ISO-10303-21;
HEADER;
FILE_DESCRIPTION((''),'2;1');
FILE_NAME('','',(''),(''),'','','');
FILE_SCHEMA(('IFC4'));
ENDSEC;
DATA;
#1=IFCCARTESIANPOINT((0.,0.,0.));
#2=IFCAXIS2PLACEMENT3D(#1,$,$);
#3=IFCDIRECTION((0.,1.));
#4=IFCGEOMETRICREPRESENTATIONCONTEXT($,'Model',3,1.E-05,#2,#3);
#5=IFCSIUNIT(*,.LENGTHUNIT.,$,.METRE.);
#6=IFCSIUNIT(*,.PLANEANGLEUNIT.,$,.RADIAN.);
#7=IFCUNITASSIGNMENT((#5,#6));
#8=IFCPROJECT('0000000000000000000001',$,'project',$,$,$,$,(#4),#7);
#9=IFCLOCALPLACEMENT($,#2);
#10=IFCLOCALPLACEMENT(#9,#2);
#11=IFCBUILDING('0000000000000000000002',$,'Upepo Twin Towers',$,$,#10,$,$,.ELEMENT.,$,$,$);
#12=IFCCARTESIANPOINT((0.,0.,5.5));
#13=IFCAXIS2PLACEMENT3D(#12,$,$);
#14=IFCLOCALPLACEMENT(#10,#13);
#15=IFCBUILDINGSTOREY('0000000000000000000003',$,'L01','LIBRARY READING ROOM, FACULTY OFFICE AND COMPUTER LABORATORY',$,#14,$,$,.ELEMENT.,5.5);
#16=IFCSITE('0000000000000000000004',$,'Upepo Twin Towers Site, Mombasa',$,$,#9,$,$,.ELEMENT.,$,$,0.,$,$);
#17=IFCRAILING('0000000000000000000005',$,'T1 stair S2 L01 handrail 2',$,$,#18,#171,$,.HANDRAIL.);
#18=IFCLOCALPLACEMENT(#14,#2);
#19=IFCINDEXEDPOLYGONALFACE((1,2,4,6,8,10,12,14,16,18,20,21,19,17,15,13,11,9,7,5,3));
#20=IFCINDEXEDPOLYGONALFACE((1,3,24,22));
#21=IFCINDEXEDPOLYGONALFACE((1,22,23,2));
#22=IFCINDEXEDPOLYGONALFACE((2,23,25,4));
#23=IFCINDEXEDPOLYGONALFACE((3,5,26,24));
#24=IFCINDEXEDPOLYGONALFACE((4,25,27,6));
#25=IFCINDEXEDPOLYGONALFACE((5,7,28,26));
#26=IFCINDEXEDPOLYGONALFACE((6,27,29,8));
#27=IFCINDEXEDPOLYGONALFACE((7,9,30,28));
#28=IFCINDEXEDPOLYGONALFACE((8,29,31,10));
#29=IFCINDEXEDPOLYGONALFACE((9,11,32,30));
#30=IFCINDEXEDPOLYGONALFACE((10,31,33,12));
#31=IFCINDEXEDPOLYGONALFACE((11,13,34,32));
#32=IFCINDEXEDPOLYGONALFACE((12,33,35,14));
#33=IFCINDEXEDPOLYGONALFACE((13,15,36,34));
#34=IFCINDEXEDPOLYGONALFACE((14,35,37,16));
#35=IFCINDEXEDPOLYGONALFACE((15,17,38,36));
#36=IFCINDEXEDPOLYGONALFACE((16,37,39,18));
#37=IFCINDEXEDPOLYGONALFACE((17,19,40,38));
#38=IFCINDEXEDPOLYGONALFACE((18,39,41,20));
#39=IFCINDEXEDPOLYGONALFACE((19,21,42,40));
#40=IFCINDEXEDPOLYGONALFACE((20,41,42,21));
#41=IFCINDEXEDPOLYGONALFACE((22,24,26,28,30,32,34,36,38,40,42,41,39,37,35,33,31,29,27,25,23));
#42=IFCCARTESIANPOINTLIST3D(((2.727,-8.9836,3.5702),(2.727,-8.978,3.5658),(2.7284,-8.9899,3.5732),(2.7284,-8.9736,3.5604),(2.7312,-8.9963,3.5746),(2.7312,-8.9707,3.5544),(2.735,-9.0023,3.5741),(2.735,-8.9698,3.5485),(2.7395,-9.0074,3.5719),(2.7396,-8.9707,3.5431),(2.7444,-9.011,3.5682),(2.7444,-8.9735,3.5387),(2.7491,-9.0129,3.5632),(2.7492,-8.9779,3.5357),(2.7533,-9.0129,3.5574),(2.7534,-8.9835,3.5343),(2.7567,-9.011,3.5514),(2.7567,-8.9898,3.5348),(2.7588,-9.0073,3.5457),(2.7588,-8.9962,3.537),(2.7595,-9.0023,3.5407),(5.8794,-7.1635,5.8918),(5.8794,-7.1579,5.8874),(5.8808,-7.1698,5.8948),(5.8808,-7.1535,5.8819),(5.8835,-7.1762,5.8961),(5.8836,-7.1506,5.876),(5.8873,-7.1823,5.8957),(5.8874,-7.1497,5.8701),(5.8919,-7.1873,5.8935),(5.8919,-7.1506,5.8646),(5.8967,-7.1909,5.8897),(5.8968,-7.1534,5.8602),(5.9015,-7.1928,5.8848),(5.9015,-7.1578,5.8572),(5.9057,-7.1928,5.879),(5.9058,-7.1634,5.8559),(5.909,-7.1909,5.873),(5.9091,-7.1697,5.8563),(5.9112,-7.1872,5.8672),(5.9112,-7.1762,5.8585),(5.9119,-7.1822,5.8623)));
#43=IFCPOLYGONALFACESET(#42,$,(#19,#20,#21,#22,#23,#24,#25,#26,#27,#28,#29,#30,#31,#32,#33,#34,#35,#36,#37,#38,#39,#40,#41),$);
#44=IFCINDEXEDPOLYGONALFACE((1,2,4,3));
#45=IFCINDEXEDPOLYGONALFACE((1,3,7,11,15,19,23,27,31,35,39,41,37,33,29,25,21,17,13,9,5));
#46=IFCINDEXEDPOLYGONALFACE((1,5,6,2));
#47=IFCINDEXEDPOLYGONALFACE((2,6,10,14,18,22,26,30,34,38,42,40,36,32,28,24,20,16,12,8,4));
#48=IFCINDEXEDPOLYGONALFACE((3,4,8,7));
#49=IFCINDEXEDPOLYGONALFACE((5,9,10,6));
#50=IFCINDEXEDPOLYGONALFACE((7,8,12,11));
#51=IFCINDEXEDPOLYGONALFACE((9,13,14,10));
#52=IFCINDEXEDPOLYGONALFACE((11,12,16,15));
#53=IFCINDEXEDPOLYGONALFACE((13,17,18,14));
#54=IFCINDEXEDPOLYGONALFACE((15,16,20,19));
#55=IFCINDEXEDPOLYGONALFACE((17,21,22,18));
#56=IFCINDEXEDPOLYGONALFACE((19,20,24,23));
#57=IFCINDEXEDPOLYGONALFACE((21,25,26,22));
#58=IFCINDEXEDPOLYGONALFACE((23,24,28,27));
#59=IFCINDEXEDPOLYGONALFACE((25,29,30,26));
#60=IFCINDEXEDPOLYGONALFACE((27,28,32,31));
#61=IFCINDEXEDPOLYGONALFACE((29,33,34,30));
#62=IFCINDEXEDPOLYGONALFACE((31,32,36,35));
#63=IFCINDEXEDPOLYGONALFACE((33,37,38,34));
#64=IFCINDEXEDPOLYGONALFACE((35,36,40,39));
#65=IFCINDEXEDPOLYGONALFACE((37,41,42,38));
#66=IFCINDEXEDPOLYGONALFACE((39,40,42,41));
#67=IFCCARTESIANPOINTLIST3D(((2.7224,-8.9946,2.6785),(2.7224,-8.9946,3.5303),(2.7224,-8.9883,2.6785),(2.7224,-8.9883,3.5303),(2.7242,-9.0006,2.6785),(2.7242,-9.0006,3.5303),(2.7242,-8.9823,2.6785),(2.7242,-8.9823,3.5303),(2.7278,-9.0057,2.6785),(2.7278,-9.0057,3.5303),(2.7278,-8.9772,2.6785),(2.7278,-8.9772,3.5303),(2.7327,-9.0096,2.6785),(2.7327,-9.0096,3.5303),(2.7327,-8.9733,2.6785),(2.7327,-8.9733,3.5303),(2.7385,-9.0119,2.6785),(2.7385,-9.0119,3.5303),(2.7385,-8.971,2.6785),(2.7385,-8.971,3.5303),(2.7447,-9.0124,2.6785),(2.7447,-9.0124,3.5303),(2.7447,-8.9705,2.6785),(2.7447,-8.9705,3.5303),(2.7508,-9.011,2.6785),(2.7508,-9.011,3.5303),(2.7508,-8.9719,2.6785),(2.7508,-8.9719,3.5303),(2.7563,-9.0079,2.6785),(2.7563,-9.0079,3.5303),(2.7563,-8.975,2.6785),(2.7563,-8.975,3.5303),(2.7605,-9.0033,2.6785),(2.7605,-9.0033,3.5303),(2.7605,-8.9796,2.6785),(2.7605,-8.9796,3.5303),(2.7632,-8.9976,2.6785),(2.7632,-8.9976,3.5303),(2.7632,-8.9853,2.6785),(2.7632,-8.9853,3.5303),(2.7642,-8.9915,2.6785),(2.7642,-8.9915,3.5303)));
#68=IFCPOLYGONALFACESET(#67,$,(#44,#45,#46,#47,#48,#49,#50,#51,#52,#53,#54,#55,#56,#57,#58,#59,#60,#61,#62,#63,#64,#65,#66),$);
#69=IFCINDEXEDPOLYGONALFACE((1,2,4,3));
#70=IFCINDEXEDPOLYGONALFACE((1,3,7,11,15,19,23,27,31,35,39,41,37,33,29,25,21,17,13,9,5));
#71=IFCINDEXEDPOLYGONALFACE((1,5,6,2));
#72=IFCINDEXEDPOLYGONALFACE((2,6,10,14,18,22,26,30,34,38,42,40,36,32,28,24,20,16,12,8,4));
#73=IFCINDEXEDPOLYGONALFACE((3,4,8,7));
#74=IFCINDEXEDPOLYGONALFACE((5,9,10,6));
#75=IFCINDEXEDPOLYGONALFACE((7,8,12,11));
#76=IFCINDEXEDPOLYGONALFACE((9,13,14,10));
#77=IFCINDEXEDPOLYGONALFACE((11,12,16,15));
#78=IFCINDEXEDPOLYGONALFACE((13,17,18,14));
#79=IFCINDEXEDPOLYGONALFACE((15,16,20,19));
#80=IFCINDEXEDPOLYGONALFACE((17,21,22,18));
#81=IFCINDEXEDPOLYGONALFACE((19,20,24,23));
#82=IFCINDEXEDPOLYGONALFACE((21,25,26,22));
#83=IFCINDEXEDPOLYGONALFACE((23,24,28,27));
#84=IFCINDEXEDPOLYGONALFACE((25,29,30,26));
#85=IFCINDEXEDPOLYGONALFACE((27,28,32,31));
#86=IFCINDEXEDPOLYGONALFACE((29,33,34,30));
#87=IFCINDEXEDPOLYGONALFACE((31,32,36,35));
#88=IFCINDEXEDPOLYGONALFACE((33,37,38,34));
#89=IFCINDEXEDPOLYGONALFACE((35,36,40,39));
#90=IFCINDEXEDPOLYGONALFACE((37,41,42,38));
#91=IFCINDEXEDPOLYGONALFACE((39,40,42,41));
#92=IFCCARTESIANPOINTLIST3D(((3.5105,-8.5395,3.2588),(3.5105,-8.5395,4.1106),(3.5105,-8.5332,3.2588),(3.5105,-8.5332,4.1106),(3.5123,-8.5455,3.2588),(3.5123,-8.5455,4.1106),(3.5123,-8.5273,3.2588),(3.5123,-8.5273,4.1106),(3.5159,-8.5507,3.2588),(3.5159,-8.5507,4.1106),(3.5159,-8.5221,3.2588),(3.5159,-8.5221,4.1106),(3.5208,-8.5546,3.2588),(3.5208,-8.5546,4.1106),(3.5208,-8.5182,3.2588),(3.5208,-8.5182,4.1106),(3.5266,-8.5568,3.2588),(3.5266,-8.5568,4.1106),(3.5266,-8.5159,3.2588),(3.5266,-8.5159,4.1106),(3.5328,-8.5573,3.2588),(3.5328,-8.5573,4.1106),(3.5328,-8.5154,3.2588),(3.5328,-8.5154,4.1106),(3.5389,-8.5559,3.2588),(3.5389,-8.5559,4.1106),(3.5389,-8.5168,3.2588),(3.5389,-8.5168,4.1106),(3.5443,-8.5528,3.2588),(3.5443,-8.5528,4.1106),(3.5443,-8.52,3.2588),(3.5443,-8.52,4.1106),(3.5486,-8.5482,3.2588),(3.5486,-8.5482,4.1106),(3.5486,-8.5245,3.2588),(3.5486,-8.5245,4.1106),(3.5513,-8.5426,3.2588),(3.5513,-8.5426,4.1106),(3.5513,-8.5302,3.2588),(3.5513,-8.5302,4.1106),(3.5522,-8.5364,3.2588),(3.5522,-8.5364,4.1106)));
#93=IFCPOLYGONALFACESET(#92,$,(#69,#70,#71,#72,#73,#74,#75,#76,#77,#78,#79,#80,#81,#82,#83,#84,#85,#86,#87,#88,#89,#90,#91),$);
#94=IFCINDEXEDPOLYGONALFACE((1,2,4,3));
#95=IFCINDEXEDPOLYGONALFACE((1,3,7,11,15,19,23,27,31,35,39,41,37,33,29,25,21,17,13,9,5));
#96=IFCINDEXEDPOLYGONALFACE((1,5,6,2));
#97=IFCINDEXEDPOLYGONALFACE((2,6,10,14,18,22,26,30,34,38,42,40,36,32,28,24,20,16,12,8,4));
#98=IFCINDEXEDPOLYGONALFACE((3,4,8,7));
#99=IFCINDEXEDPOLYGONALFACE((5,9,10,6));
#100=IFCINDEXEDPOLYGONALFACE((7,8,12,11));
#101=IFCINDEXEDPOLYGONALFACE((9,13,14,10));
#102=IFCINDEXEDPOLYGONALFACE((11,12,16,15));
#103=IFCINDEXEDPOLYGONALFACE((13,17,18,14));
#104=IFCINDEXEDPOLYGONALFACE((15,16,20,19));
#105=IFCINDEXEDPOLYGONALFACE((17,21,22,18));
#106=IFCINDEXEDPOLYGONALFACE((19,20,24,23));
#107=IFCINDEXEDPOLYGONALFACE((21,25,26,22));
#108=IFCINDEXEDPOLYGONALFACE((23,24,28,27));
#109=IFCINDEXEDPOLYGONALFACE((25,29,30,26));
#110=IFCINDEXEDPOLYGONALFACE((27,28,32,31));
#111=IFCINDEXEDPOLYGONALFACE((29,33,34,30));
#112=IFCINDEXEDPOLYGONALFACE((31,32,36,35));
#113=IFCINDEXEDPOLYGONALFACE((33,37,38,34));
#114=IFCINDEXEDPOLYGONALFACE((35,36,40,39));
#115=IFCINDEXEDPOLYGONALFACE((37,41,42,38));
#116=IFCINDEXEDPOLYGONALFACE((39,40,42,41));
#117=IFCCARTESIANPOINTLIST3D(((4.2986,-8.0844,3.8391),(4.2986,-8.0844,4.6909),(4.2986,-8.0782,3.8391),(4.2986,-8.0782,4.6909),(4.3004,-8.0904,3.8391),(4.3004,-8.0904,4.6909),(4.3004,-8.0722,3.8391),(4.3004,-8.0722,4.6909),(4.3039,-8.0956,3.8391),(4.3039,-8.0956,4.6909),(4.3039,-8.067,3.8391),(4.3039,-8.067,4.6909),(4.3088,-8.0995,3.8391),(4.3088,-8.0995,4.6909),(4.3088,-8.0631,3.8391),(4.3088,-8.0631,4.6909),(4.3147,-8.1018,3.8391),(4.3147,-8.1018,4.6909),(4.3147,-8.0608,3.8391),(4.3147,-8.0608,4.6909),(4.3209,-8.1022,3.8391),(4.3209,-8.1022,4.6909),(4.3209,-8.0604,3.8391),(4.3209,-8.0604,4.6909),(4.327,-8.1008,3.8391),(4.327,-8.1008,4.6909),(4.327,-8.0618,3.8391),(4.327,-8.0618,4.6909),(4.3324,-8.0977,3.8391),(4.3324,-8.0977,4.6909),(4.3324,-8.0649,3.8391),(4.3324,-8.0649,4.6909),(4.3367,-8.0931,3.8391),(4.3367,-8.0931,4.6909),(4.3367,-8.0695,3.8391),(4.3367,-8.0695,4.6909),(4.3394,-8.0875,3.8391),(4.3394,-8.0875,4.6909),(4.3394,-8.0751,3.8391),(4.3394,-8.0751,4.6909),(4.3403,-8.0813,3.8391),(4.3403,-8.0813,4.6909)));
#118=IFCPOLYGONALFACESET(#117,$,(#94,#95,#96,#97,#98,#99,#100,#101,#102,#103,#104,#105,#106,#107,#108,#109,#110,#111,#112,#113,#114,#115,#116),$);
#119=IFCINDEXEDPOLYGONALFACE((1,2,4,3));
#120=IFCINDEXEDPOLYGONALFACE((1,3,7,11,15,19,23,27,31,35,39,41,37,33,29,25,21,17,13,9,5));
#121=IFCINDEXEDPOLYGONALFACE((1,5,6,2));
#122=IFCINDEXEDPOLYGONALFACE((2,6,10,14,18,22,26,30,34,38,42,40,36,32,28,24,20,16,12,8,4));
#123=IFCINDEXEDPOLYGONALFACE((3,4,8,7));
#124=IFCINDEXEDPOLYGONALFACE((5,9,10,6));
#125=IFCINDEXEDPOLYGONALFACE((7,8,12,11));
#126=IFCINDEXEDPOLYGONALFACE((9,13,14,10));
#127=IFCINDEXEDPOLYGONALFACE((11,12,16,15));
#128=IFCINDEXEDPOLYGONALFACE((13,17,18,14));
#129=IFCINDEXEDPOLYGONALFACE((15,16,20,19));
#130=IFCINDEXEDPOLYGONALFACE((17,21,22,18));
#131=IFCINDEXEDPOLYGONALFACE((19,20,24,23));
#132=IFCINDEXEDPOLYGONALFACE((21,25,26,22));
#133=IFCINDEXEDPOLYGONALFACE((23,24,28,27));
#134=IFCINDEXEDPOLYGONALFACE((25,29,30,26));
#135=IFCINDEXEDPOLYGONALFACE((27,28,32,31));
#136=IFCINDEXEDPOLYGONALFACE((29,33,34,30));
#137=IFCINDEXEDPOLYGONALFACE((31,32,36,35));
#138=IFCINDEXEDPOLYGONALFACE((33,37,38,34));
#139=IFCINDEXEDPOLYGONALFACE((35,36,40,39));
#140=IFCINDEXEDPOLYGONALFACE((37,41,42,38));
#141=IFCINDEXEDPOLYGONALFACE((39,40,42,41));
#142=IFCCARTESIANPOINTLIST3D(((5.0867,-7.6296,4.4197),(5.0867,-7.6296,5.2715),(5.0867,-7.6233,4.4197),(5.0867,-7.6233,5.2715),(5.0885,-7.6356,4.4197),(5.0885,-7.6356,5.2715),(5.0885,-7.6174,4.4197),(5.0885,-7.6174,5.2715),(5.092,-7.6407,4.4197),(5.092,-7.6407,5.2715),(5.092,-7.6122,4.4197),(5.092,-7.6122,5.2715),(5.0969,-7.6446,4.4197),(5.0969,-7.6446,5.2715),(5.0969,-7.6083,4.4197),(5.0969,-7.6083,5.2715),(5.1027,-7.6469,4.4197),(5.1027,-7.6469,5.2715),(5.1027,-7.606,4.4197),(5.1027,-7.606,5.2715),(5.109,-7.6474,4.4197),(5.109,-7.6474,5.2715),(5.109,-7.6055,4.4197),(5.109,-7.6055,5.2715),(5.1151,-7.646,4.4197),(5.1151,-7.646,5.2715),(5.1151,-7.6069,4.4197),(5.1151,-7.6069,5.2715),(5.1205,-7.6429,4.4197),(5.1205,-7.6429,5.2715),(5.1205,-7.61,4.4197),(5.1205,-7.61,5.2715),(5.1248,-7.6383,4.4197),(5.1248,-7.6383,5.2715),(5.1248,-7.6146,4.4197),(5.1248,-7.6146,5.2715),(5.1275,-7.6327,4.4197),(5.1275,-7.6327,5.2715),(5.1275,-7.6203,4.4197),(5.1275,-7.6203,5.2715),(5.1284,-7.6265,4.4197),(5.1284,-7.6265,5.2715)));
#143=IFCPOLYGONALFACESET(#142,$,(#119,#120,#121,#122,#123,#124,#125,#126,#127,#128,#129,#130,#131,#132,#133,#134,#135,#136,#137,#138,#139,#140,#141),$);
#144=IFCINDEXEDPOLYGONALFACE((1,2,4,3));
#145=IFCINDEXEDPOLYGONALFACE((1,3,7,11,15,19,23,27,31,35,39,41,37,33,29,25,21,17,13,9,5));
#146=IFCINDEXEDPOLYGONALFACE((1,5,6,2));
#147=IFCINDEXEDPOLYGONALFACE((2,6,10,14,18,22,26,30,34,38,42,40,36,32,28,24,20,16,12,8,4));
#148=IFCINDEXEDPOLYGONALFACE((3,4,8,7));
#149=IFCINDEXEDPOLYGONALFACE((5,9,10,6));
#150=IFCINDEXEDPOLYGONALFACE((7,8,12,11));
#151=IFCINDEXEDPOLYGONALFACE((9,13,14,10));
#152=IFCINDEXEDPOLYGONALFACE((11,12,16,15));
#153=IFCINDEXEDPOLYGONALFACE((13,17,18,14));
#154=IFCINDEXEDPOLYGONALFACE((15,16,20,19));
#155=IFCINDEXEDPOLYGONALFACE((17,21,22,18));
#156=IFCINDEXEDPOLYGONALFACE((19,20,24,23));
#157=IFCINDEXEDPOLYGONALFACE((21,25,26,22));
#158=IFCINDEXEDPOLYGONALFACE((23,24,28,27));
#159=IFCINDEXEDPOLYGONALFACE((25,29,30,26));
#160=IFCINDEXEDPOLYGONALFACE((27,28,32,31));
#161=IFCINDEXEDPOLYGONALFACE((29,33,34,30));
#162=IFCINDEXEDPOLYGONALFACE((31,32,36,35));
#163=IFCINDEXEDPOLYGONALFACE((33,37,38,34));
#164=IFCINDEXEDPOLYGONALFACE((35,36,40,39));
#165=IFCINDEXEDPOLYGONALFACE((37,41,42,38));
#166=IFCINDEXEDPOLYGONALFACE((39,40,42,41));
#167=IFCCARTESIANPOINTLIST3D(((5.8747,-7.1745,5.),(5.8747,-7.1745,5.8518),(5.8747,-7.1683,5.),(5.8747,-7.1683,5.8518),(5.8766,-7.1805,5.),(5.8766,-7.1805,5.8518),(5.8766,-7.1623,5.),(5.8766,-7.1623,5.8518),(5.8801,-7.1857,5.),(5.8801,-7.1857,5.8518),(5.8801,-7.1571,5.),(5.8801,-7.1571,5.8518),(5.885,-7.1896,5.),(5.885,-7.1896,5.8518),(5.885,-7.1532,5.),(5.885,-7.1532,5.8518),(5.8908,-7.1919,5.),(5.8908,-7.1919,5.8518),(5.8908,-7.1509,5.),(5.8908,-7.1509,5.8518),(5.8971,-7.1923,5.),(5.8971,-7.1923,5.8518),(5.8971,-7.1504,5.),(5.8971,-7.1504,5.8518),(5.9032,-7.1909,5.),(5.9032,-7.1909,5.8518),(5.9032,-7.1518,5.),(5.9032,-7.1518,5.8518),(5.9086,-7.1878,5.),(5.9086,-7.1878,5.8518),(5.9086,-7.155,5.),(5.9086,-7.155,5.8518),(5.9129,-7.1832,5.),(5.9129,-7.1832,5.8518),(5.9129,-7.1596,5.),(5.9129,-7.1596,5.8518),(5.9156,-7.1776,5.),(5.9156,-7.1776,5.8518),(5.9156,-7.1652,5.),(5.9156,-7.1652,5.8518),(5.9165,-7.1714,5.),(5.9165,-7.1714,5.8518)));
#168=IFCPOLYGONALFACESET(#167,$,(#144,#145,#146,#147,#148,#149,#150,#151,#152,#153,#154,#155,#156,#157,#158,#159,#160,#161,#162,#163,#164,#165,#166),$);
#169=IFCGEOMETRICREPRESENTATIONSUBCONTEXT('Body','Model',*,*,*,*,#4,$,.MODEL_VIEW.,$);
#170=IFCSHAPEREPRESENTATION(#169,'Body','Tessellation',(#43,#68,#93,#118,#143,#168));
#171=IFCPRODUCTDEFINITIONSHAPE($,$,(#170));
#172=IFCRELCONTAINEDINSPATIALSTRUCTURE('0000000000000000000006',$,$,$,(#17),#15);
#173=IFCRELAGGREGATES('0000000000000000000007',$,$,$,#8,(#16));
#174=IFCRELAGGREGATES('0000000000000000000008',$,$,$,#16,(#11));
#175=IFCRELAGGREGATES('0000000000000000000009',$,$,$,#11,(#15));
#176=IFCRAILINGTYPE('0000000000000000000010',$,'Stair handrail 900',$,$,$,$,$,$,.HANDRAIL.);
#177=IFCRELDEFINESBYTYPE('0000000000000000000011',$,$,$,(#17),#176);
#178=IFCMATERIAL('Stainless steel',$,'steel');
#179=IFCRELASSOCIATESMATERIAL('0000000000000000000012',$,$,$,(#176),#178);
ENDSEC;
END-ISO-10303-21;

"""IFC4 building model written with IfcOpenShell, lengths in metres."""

from ifc_helpers import new_model, si_unit, direction, frame, origin, origin_2d, place, context, subcontext, project, spatial, circle, extrude, material, type_object, element, save


model = new_model("IFC4")

# Units and contexts
model_context = context("Model", 3, precision=1e-05, world=origin(), true_north=direction((0.0, 1.0)))
body_context = subcontext(model_context, "Body", "Model", "MODEL_VIEW")
ifc_project = project(units=[si_unit("LENGTHUNIT", "METRE"), si_unit("PLANEANGLEUNIT", "RADIAN")], contexts=[model_context])

# Site, building, storey
site_placement = place(None, origin())
site = spatial("IfcSite", under=ifc_project, at=site_placement, Name="Upepo Twin Towers Site, Mombasa", CompositionType="ELEMENT", RefElevation=0.0)
building_placement = place(site_placement, origin())
building = spatial("IfcBuilding", under=site, at=building_placement, Name="Upepo Twin Towers", CompositionType="ELEMENT")
storey_placement = place(building_placement, frame((0.0, 0.0, 5.5)))
storey = spatial("IfcBuildingStorey", under=building, at=storey_placement, Name="L01", Description="LIBRARY READING ROOM, FACULTY OFFICE AND COMPUTER LABORATORY", CompositionType="ELEMENT", Elevation=5.5)

# Railing
ifc_material_1 = material(Name="Stainless steel", Category="steel")
railing_type = type_object("IfcRailingType", Name="Stair handrail 900", PredefinedType="HANDRAIL", material=ifc_material_1)
railing_1_placement = place(storey_placement, frame((2.7432, -8.9915, 2.6785)))
element("IfcRailing", 1, at=railing_1_placement, inside=storey, type_object=railing_type, Name="T1 stair S2 L01 handrail 2", PredefinedType="HANDRAIL", context=body_context, shape_type="SweptSolid", body=[
    extrude(circle(Radius=0.0239, at=origin_2d()), frame((0.0, 0.0, 0.876), z_axis=(0.730159, 0.421572, 0.537723), x_axis=(-0.500013, 0.866018, 0.0)), (0.0, 0.0, 1.0), 4.3174),
    extrude(circle(Radius=0.021, at=origin_2d()), origin(), (0.0, 0.0, 1.0), 0.8518),
    extrude(circle(Radius=0.021, at=origin_2d()), frame((0.7881, 0.4551, 0.5803)), (0.0, 0.0, 1.0), 0.8518),
    extrude(circle(Radius=0.021, at=origin_2d()), frame((1.5762, 0.9102, 1.1606)), (0.0, 0.0, 1.0), 0.8518),
    extrude(circle(Radius=0.021, at=origin_2d()), frame((2.3643, 1.365, 1.7412)), (0.0, 0.0, 1.0), 0.8518),
    extrude(circle(Radius=0.021, at=origin_2d()), frame((3.1523, 1.8201, 2.3215)), (0.0, 0.0, 1.0), 0.8518),
])

save(model, "model.ifc")
